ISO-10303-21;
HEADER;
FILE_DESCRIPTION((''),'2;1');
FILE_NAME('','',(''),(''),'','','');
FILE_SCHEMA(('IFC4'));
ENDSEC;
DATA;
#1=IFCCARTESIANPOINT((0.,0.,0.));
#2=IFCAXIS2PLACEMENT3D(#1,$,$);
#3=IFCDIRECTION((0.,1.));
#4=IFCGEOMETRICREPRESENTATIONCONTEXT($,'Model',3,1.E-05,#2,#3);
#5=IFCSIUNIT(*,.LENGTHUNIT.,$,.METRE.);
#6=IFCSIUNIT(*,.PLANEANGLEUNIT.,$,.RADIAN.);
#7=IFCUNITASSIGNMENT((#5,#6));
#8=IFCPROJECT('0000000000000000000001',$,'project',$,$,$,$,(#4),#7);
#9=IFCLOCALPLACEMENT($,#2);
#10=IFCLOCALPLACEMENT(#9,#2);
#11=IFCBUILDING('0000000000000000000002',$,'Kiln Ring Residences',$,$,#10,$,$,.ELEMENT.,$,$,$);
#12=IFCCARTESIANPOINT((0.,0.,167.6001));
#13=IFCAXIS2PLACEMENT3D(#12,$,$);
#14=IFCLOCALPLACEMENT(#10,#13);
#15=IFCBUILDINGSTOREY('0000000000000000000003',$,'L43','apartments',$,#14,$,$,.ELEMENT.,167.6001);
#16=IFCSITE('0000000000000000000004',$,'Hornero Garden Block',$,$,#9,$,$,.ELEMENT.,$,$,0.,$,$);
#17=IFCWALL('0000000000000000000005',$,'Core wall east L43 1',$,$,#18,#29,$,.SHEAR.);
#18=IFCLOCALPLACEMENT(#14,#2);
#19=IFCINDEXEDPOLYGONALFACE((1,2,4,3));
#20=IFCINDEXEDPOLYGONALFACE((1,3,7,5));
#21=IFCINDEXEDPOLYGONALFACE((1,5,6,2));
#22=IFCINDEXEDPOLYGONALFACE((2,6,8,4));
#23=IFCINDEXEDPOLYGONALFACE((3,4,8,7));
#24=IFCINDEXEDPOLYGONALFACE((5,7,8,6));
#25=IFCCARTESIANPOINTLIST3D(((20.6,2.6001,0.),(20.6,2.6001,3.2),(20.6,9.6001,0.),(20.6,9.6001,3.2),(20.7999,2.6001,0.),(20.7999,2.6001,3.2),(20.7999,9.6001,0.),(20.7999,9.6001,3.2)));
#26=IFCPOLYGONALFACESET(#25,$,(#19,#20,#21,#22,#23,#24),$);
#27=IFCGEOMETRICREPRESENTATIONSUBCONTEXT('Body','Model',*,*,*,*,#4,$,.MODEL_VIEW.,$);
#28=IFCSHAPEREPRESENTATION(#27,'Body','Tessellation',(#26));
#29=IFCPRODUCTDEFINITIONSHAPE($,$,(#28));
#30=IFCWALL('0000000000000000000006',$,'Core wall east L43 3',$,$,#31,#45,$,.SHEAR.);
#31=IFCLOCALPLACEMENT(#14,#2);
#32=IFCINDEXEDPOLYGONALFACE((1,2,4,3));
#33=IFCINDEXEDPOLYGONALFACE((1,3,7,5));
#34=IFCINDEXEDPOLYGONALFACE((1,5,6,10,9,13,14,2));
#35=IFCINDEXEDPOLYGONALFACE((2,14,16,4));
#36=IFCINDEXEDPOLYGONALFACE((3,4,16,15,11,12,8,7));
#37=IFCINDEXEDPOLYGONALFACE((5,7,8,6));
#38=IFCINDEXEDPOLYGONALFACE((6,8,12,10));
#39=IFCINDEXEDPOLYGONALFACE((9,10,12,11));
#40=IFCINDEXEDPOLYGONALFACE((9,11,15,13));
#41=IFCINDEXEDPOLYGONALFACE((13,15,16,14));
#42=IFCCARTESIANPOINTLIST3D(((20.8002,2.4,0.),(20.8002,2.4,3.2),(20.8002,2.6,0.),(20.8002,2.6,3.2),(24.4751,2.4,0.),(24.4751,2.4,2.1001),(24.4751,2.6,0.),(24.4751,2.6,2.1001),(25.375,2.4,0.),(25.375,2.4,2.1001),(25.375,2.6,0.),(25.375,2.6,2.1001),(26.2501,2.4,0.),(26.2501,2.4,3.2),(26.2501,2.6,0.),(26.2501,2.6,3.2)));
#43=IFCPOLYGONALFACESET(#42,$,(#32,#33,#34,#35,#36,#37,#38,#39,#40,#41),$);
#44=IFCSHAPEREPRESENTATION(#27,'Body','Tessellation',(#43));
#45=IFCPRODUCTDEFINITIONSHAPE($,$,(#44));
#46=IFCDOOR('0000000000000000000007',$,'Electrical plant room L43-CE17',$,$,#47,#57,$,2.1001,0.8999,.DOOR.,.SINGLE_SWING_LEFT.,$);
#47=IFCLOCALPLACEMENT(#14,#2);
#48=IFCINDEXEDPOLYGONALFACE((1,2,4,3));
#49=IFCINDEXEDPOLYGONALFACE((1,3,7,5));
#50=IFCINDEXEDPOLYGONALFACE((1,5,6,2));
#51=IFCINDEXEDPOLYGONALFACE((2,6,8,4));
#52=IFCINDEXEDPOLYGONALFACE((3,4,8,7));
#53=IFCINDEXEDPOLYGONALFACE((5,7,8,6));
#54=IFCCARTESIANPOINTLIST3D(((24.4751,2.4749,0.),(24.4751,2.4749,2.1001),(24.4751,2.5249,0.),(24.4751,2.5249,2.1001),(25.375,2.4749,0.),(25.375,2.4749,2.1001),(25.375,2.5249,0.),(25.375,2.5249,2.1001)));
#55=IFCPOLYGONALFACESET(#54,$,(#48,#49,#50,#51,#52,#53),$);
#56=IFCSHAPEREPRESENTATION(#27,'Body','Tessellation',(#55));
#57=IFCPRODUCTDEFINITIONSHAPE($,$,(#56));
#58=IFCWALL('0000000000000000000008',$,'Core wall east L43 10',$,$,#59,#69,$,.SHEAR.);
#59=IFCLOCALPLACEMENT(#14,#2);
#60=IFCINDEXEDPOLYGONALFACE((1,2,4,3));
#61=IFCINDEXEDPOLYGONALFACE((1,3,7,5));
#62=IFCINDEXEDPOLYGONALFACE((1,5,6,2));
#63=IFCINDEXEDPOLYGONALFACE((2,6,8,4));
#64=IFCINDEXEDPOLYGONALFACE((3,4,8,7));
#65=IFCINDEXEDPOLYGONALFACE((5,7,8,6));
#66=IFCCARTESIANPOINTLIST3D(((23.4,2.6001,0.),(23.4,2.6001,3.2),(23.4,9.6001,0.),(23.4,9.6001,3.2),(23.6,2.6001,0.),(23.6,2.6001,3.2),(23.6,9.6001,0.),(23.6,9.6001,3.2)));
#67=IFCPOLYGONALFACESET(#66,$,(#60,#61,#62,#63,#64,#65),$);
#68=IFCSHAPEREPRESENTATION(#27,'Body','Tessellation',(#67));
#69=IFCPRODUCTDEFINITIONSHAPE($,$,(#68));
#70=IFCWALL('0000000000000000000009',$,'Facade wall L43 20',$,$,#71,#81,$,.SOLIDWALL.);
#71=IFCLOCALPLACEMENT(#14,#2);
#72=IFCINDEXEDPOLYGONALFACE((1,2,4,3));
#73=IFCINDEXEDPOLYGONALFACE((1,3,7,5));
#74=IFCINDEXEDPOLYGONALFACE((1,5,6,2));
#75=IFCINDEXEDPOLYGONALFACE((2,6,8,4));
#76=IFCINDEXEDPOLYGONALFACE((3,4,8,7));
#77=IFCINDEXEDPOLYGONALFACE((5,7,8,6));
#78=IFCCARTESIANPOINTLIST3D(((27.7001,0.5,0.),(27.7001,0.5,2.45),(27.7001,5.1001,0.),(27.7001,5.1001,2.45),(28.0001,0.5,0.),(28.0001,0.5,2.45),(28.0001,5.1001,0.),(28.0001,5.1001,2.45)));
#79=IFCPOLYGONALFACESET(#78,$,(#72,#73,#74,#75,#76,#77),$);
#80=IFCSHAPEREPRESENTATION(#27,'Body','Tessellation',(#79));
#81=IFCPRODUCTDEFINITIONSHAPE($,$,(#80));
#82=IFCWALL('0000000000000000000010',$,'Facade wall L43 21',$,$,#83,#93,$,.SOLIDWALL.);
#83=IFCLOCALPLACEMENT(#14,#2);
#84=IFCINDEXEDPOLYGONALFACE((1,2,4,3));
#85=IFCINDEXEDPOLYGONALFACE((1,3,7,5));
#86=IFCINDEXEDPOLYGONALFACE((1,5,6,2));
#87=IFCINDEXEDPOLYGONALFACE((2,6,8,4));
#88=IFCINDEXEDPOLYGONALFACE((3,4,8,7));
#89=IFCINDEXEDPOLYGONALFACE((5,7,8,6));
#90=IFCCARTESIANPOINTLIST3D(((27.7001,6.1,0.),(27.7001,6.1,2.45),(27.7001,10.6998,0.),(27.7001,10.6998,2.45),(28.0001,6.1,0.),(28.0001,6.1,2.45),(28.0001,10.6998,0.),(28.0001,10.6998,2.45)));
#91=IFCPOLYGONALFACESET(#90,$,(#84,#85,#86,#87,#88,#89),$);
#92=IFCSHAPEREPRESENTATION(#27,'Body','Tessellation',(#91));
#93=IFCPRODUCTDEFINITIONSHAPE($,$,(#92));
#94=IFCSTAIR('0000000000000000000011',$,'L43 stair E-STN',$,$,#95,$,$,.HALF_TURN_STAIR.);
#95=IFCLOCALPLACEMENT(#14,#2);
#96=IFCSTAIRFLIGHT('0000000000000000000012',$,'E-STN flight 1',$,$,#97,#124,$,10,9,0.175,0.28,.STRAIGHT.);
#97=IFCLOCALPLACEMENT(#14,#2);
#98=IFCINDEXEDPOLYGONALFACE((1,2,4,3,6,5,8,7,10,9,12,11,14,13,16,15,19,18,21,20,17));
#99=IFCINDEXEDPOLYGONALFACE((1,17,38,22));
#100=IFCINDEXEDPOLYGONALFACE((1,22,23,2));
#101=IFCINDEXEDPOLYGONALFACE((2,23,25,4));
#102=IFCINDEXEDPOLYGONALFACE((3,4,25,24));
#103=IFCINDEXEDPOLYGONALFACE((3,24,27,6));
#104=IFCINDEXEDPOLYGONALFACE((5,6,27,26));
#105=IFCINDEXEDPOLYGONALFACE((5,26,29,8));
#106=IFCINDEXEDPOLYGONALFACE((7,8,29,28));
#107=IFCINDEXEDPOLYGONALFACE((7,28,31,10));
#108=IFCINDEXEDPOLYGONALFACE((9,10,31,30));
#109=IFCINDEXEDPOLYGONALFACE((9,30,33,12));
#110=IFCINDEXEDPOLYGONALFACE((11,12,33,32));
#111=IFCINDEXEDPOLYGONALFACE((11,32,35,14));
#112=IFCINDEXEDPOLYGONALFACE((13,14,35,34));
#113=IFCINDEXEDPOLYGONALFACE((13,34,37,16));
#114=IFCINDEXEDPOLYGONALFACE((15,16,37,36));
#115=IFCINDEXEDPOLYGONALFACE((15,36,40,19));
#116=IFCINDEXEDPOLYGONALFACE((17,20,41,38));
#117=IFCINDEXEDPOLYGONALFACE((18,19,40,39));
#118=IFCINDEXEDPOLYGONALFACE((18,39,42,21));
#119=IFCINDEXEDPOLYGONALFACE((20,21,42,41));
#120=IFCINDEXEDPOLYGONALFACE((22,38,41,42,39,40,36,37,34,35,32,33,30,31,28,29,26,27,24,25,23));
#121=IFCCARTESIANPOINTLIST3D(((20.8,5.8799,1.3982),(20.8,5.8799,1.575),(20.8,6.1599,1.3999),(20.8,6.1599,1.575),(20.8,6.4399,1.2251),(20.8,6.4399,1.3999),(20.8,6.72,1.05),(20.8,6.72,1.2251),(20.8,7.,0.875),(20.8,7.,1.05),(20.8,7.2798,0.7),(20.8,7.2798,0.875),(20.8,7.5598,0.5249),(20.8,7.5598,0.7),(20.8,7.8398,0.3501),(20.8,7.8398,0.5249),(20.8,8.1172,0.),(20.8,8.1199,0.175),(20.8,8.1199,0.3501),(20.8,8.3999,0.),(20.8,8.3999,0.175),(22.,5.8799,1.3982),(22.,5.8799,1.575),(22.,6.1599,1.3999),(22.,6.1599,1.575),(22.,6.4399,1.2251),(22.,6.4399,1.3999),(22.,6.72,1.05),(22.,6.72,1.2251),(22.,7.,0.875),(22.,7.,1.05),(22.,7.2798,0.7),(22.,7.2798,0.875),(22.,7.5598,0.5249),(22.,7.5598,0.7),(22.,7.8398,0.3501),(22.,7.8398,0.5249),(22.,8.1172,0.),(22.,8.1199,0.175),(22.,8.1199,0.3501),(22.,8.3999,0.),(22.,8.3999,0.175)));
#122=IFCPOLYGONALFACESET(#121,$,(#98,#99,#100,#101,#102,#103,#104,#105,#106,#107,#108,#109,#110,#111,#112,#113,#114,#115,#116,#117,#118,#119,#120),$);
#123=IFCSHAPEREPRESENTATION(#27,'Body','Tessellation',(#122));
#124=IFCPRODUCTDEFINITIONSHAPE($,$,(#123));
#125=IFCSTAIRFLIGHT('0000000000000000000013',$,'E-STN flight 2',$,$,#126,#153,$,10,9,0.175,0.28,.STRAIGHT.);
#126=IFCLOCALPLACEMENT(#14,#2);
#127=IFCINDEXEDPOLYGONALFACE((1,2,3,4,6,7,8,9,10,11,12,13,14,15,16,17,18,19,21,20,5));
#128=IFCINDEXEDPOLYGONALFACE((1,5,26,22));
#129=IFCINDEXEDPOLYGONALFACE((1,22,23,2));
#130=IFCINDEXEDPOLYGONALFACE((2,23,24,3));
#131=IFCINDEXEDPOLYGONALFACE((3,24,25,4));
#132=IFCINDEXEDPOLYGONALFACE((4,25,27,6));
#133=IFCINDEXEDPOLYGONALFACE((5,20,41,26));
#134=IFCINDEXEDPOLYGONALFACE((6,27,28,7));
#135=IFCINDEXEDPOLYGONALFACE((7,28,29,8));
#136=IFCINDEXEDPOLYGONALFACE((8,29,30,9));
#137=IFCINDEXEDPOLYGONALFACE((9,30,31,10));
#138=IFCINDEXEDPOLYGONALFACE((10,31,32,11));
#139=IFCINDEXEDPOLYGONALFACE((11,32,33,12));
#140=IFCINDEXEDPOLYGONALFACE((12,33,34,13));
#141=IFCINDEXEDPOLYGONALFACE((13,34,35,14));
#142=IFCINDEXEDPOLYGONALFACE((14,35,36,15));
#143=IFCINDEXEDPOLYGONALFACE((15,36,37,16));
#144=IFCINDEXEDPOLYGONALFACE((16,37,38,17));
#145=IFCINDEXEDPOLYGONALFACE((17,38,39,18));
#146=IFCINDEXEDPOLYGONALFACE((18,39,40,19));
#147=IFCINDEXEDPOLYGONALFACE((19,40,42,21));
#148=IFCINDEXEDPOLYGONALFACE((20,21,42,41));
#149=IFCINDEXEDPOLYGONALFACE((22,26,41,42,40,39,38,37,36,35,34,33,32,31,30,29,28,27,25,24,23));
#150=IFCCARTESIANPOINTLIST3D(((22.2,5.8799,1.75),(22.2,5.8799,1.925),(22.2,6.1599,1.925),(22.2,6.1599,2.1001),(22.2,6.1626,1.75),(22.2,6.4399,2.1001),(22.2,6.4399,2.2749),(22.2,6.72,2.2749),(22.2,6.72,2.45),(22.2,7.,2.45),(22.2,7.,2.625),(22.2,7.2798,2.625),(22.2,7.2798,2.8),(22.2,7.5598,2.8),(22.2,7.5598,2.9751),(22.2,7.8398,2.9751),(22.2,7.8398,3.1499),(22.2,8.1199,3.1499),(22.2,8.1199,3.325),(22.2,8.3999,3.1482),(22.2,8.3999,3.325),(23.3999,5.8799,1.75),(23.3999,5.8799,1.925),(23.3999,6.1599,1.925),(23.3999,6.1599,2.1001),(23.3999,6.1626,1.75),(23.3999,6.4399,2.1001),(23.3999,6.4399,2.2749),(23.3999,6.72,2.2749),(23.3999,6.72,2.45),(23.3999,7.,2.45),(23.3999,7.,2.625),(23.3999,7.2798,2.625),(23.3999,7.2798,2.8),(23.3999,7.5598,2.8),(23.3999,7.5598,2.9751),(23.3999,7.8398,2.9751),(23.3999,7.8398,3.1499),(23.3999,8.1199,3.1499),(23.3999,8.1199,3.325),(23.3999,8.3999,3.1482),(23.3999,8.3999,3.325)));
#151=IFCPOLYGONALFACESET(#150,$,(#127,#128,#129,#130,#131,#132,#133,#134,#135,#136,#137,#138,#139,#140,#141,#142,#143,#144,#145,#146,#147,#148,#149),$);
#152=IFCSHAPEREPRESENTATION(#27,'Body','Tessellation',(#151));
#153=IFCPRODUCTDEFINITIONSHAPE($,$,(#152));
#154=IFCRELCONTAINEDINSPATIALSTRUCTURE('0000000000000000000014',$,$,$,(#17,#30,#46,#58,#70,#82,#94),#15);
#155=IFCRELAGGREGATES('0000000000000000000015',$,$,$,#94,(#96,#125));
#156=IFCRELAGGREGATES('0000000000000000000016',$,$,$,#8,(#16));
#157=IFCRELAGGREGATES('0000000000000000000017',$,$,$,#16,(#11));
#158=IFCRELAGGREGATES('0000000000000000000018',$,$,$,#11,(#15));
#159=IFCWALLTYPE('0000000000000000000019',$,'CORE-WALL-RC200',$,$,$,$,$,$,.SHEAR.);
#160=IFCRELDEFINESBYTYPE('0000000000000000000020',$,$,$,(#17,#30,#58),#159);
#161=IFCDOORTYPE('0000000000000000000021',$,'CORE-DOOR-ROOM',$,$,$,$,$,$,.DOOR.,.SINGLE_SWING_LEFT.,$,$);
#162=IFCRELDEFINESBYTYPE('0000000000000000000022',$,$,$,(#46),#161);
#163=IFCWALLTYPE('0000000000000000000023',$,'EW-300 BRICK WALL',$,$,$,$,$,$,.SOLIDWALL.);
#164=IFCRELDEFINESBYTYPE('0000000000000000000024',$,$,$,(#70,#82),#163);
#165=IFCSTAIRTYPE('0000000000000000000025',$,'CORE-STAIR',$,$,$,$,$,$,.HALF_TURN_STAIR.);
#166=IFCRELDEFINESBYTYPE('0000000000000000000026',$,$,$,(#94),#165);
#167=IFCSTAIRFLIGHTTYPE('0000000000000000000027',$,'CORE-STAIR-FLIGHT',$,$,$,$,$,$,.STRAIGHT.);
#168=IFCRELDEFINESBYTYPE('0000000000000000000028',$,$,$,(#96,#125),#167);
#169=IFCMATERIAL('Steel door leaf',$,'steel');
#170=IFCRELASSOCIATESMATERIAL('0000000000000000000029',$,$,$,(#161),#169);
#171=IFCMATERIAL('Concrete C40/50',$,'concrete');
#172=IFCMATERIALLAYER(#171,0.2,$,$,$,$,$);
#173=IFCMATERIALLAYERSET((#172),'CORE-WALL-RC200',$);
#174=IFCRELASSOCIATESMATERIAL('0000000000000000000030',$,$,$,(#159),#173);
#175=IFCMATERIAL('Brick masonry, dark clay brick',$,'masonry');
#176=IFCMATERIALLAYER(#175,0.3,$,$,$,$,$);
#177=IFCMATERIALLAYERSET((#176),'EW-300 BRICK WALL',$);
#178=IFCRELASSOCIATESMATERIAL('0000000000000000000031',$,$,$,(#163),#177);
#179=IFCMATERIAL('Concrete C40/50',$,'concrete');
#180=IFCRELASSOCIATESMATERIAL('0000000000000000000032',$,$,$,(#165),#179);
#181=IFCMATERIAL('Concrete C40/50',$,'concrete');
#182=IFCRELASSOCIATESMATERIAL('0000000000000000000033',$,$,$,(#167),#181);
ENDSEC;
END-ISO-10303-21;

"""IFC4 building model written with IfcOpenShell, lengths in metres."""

from ifc_helpers import new_model, si_unit, direction, frame, frame_2d, origin, place, context, subcontext, project, spatial, polyline, rectangle, outline, extrude, material, layer, layer_set, type_object, element, fill, aggregate, save


model = new_model("IFC4")

# Units and contexts
model_context = context("Model", 3, precision=1e-05, world=origin(), true_north=direction((0.0, 1.0)))
body_context = subcontext(model_context, "Body", "Model", "MODEL_VIEW")
ifc_project = project(units=[si_unit("LENGTHUNIT", "METRE"), si_unit("PLANEANGLEUNIT", "RADIAN")], contexts=[model_context])

# Site, building, storey
site_placement = place(None, origin())
site = spatial("IfcSite", under=ifc_project, at=site_placement, Name="Hornero Garden Block", CompositionType="ELEMENT", RefElevation=0.0)
building_placement = place(site_placement, origin())
building = spatial("IfcBuilding", under=site, at=building_placement, Name="Kiln Ring Residences", CompositionType="ELEMENT")
storey_placement = place(building_placement, frame((0.0, 0.0, 167.6001)))
storey = spatial("IfcBuildingStorey", under=building, at=storey_placement, Name="L43", Description="apartments", CompositionType="ELEMENT", Elevation=167.6001)

# Shared definitions
ifc_material_1 = material(Name="Steel door leaf", Category="steel")
door_type = type_object("IfcDoorType", Name="CORE-DOOR-ROOM", OperationType="SINGLE_SWING_LEFT", PredefinedType="DOOR", material=ifc_material_1)

# Wall
ifc_material_2 = material(Name="Concrete C40/50", Category="concrete")
ifc_layer_1 = layer(ifc_material_2, 0.2)
ifc_layer_set_1 = layer_set([ifc_layer_1], Name="CORE-WALL-RC200")
wall_type_1 = type_object("IfcWallType", Name="CORE-WALL-RC200", PredefinedType="SHEAR", material=ifc_layer_set_1)
wall_1_placement = place(storey_placement, frame((20.7, 2.6001, 0.0), z_axis=(0.0, 0.0, 1.0), x_axis=(0.0, 1.0, 0.0)))
element("IfcWall", 1, at=wall_1_placement, inside=storey, type_object=wall_type_1, Name="Core wall east L43 1", PredefinedType="SHEAR", context=body_context, shape_type="SweptSolid", body=[
    extrude(rectangle(XDim=7.0, YDim=0.2, at=frame_2d((3.5, 0.0))), origin(), (0.0, 0.0, 1.0), 3.2),
])

# Wall, opening, door
wall_2_placement = place(storey_placement, frame((20.8, 2.5, 0.0), z_axis=(0.0, 0.0, 1.0), x_axis=(1.0, 0.0, 0.0)))
wall_2 = element("IfcWall", 2, at=wall_2_placement, inside=storey, type_object=wall_type_1, Name="Core wall east L43 3", PredefinedType="SHEAR", context=body_context, shape_type="SweptSolid", body=[
    extrude(rectangle(XDim=5.45, YDim=0.2, at=frame_2d((2.7251, 0.0))), origin(), (0.0, 0.0, 1.0), 3.2),
])
opening_1_placement = place(wall_2_placement, frame((3.675, 0.0, 0.0)))
opening_1 = element("IfcOpeningElement", 3, at=opening_1_placement, cuts=wall_2, PredefinedType="OPENING", context=body_context, shape_type="SweptSolid", body=[
    extrude(rectangle(XDim=0.8999, YDim=2.1001, at=frame_2d((0.45, 1.05))), frame((0.0, 0.1099, 0.0), z_axis=(0.0, -1.0, 0.0), x_axis=(1.0, 0.0, 0.0)), (0.0, 0.0, 1.0), 0.22),
])
door_1_placement = place(opening_1_placement, origin())
door_1 = element("IfcDoor", 4, at=door_1_placement, inside=storey, type_object=door_type, Name="Electrical plant room L43-CE17", OperationType="SINGLE_SWING_LEFT", OverallHeight=2.1001, OverallWidth=0.8999, PredefinedType="DOOR", context=body_context, shape_type="SweptSolid", body=[
    extrude(rectangle(XDim=0.8999, YDim=2.1001, at=frame_2d((0.45, 1.05))), frame((0.0, 0.0249, 0.0), z_axis=(0.0, -1.0, 0.0), x_axis=(1.0, 0.0, 0.0)), (0.0, 0.0, 1.0), 0.05),
])
fill(opening_1, door_1)

# Walls
wall_3_placement = place(storey_placement, frame((23.5, 2.6001, 0.0), z_axis=(0.0, 0.0, 1.0), x_axis=(0.0, 1.0, 0.0)))
element("IfcWall", 5, at=wall_3_placement, inside=storey, type_object=wall_type_1, Name="Core wall east L43 10", PredefinedType="SHEAR", context=body_context, shape_type="SweptSolid", body=[
    extrude(rectangle(XDim=7.0, YDim=0.2, at=frame_2d((3.5, 0.0))), origin(), (0.0, 0.0, 1.0), 3.2),
])
ifc_material_3 = material(Name="Brick masonry, dark clay brick", Category="masonry")
ifc_layer_2 = layer(ifc_material_3, 0.3)
ifc_layer_set_2 = layer_set([ifc_layer_2], Name="EW-300 BRICK WALL")
wall_type_2 = type_object("IfcWallType", Name="EW-300 BRICK WALL", PredefinedType="SOLIDWALL", material=ifc_layer_set_2)
wall_4_placement = place(storey_placement, frame((27.8501, 0.5, 0.0), z_axis=(0.0, 0.0, 1.0), x_axis=(0.0, 1.0, 0.0)))
element("IfcWall", 6, at=wall_4_placement, inside=storey, type_object=wall_type_2, Name="Facade wall L43 20", PredefinedType="SOLIDWALL", context=body_context, shape_type="SweptSolid", body=[
    extrude(rectangle(XDim=4.6001, YDim=0.3, at=frame_2d((2.3, 0.0))), origin(), (0.0, 0.0, 1.0), 2.45),
])
wall_5_placement = place(storey_placement, frame((27.8501, 6.1001, 0.0), z_axis=(0.0, 0.0, 1.0), x_axis=(0.0, 1.0, 0.0)))
element("IfcWall", 7, at=wall_5_placement, inside=storey, type_object=wall_type_2, Name="Facade wall L43 21", PredefinedType="SOLIDWALL", context=body_context, shape_type="SweptSolid", body=[
    extrude(rectangle(XDim=4.5999, YDim=0.3, at=frame_2d((2.2998, 0.0))), origin(), (0.0, 0.0, 1.0), 2.45),
])

# Stair, stair flights
ifc_material_4 = material(Name="Concrete C40/50", Category="concrete")
stair_type = type_object("IfcStairType", Name="CORE-STAIR", PredefinedType="HALF_TURN_STAIR", material=ifc_material_4)
stair_placement = place(storey_placement, origin())
stair = element("IfcStair", 8, at=stair_placement, inside=storey, type_object=stair_type, Name="L43 stair E-STN", PredefinedType="HALF_TURN_STAIR")
ifc_material_5 = material(Name="Concrete C40/50", Category="concrete")
stair_flight_type = type_object("IfcStairFlightType", Name="CORE-STAIR-FLIGHT", PredefinedType="STRAIGHT", material=ifc_material_5)
stair_flight_1_placement = place(storey_placement, frame((21.3999, 8.3999, 0.0), z_axis=(0.0, 0.0, 1.0), x_axis=(0.0, -1.0, 0.0)))
stair_flight_1 = element("IfcStairFlight", 9, at=stair_flight_1_placement, type_object=stair_flight_type, Name="E-STN flight 1", NumberOfRisers=10, NumberOfTreads=9, PredefinedType="STRAIGHT", RiserHeight=0.175, TreadLength=0.28, context=body_context, shape_type="SweptSolid", body=[
    extrude(outline(polyline([(0.0, 0.0), (0.0, 0.175), (0.28, 0.175), (0.28, 0.3501), (0.5601, 0.3501), (0.5601, 0.5249), (0.8401, 0.5249), (0.8401, 0.7), (1.1201, 0.7), (1.1201, 0.875), (1.3999, 0.875), (1.3999, 1.05), (1.6799, 1.05), (1.6799, 1.2251), (1.96, 1.2251), (1.96, 1.3999), (2.24, 1.3999), (2.24, 1.575), (2.52, 1.575), (2.52, 1.75), (2.52, 1.3982), (0.2827, 0.0), (0.0, 0.0)])), frame((0.0, 0.6001, 0.0), z_axis=(0.0, -1.0, 0.0), x_axis=(1.0, 0.0, 0.0)), (0.0, 0.0, 1.0), 1.2),
])
stair_flight_2_placement = place(storey_placement, frame((22.8, 5.8799, 1.75), z_axis=(0.0, 0.0, 1.0), x_axis=(0.0, 1.0, 0.0)))
stair_flight_2 = element("IfcStairFlight", 10, at=stair_flight_2_placement, type_object=stair_flight_type, Name="E-STN flight 2", NumberOfRisers=10, NumberOfTreads=9, PredefinedType="STRAIGHT", RiserHeight=0.175, TreadLength=0.28, context=body_context, shape_type="SweptSolid", body=[
    extrude(outline(polyline([(0.0, 0.0), (0.0, 0.175), (0.28, 0.175), (0.28, 0.3501), (0.5601, 0.3501), (0.5601, 0.5249), (0.8401, 0.5249), (0.8401, 0.7), (1.1201, 0.7), (1.1201, 0.875), (1.3999, 0.875), (1.3999, 1.05), (1.6799, 1.05), (1.6799, 1.2251), (1.96, 1.2251), (1.96, 1.3999), (2.24, 1.3999), (2.24, 1.575), (2.52, 1.575), (2.52, 1.75), (2.52, 1.3982), (0.2827, 0.0), (0.0, 0.0)])), frame((0.0, 0.6001, 0.0), z_axis=(0.0, -1.0, 0.0), x_axis=(1.0, 0.0, 0.0)), (0.0, 0.0, 1.0), 1.2),
])
aggregate(stair, [stair_flight_1, stair_flight_2])

save(model, "model.ifc")
